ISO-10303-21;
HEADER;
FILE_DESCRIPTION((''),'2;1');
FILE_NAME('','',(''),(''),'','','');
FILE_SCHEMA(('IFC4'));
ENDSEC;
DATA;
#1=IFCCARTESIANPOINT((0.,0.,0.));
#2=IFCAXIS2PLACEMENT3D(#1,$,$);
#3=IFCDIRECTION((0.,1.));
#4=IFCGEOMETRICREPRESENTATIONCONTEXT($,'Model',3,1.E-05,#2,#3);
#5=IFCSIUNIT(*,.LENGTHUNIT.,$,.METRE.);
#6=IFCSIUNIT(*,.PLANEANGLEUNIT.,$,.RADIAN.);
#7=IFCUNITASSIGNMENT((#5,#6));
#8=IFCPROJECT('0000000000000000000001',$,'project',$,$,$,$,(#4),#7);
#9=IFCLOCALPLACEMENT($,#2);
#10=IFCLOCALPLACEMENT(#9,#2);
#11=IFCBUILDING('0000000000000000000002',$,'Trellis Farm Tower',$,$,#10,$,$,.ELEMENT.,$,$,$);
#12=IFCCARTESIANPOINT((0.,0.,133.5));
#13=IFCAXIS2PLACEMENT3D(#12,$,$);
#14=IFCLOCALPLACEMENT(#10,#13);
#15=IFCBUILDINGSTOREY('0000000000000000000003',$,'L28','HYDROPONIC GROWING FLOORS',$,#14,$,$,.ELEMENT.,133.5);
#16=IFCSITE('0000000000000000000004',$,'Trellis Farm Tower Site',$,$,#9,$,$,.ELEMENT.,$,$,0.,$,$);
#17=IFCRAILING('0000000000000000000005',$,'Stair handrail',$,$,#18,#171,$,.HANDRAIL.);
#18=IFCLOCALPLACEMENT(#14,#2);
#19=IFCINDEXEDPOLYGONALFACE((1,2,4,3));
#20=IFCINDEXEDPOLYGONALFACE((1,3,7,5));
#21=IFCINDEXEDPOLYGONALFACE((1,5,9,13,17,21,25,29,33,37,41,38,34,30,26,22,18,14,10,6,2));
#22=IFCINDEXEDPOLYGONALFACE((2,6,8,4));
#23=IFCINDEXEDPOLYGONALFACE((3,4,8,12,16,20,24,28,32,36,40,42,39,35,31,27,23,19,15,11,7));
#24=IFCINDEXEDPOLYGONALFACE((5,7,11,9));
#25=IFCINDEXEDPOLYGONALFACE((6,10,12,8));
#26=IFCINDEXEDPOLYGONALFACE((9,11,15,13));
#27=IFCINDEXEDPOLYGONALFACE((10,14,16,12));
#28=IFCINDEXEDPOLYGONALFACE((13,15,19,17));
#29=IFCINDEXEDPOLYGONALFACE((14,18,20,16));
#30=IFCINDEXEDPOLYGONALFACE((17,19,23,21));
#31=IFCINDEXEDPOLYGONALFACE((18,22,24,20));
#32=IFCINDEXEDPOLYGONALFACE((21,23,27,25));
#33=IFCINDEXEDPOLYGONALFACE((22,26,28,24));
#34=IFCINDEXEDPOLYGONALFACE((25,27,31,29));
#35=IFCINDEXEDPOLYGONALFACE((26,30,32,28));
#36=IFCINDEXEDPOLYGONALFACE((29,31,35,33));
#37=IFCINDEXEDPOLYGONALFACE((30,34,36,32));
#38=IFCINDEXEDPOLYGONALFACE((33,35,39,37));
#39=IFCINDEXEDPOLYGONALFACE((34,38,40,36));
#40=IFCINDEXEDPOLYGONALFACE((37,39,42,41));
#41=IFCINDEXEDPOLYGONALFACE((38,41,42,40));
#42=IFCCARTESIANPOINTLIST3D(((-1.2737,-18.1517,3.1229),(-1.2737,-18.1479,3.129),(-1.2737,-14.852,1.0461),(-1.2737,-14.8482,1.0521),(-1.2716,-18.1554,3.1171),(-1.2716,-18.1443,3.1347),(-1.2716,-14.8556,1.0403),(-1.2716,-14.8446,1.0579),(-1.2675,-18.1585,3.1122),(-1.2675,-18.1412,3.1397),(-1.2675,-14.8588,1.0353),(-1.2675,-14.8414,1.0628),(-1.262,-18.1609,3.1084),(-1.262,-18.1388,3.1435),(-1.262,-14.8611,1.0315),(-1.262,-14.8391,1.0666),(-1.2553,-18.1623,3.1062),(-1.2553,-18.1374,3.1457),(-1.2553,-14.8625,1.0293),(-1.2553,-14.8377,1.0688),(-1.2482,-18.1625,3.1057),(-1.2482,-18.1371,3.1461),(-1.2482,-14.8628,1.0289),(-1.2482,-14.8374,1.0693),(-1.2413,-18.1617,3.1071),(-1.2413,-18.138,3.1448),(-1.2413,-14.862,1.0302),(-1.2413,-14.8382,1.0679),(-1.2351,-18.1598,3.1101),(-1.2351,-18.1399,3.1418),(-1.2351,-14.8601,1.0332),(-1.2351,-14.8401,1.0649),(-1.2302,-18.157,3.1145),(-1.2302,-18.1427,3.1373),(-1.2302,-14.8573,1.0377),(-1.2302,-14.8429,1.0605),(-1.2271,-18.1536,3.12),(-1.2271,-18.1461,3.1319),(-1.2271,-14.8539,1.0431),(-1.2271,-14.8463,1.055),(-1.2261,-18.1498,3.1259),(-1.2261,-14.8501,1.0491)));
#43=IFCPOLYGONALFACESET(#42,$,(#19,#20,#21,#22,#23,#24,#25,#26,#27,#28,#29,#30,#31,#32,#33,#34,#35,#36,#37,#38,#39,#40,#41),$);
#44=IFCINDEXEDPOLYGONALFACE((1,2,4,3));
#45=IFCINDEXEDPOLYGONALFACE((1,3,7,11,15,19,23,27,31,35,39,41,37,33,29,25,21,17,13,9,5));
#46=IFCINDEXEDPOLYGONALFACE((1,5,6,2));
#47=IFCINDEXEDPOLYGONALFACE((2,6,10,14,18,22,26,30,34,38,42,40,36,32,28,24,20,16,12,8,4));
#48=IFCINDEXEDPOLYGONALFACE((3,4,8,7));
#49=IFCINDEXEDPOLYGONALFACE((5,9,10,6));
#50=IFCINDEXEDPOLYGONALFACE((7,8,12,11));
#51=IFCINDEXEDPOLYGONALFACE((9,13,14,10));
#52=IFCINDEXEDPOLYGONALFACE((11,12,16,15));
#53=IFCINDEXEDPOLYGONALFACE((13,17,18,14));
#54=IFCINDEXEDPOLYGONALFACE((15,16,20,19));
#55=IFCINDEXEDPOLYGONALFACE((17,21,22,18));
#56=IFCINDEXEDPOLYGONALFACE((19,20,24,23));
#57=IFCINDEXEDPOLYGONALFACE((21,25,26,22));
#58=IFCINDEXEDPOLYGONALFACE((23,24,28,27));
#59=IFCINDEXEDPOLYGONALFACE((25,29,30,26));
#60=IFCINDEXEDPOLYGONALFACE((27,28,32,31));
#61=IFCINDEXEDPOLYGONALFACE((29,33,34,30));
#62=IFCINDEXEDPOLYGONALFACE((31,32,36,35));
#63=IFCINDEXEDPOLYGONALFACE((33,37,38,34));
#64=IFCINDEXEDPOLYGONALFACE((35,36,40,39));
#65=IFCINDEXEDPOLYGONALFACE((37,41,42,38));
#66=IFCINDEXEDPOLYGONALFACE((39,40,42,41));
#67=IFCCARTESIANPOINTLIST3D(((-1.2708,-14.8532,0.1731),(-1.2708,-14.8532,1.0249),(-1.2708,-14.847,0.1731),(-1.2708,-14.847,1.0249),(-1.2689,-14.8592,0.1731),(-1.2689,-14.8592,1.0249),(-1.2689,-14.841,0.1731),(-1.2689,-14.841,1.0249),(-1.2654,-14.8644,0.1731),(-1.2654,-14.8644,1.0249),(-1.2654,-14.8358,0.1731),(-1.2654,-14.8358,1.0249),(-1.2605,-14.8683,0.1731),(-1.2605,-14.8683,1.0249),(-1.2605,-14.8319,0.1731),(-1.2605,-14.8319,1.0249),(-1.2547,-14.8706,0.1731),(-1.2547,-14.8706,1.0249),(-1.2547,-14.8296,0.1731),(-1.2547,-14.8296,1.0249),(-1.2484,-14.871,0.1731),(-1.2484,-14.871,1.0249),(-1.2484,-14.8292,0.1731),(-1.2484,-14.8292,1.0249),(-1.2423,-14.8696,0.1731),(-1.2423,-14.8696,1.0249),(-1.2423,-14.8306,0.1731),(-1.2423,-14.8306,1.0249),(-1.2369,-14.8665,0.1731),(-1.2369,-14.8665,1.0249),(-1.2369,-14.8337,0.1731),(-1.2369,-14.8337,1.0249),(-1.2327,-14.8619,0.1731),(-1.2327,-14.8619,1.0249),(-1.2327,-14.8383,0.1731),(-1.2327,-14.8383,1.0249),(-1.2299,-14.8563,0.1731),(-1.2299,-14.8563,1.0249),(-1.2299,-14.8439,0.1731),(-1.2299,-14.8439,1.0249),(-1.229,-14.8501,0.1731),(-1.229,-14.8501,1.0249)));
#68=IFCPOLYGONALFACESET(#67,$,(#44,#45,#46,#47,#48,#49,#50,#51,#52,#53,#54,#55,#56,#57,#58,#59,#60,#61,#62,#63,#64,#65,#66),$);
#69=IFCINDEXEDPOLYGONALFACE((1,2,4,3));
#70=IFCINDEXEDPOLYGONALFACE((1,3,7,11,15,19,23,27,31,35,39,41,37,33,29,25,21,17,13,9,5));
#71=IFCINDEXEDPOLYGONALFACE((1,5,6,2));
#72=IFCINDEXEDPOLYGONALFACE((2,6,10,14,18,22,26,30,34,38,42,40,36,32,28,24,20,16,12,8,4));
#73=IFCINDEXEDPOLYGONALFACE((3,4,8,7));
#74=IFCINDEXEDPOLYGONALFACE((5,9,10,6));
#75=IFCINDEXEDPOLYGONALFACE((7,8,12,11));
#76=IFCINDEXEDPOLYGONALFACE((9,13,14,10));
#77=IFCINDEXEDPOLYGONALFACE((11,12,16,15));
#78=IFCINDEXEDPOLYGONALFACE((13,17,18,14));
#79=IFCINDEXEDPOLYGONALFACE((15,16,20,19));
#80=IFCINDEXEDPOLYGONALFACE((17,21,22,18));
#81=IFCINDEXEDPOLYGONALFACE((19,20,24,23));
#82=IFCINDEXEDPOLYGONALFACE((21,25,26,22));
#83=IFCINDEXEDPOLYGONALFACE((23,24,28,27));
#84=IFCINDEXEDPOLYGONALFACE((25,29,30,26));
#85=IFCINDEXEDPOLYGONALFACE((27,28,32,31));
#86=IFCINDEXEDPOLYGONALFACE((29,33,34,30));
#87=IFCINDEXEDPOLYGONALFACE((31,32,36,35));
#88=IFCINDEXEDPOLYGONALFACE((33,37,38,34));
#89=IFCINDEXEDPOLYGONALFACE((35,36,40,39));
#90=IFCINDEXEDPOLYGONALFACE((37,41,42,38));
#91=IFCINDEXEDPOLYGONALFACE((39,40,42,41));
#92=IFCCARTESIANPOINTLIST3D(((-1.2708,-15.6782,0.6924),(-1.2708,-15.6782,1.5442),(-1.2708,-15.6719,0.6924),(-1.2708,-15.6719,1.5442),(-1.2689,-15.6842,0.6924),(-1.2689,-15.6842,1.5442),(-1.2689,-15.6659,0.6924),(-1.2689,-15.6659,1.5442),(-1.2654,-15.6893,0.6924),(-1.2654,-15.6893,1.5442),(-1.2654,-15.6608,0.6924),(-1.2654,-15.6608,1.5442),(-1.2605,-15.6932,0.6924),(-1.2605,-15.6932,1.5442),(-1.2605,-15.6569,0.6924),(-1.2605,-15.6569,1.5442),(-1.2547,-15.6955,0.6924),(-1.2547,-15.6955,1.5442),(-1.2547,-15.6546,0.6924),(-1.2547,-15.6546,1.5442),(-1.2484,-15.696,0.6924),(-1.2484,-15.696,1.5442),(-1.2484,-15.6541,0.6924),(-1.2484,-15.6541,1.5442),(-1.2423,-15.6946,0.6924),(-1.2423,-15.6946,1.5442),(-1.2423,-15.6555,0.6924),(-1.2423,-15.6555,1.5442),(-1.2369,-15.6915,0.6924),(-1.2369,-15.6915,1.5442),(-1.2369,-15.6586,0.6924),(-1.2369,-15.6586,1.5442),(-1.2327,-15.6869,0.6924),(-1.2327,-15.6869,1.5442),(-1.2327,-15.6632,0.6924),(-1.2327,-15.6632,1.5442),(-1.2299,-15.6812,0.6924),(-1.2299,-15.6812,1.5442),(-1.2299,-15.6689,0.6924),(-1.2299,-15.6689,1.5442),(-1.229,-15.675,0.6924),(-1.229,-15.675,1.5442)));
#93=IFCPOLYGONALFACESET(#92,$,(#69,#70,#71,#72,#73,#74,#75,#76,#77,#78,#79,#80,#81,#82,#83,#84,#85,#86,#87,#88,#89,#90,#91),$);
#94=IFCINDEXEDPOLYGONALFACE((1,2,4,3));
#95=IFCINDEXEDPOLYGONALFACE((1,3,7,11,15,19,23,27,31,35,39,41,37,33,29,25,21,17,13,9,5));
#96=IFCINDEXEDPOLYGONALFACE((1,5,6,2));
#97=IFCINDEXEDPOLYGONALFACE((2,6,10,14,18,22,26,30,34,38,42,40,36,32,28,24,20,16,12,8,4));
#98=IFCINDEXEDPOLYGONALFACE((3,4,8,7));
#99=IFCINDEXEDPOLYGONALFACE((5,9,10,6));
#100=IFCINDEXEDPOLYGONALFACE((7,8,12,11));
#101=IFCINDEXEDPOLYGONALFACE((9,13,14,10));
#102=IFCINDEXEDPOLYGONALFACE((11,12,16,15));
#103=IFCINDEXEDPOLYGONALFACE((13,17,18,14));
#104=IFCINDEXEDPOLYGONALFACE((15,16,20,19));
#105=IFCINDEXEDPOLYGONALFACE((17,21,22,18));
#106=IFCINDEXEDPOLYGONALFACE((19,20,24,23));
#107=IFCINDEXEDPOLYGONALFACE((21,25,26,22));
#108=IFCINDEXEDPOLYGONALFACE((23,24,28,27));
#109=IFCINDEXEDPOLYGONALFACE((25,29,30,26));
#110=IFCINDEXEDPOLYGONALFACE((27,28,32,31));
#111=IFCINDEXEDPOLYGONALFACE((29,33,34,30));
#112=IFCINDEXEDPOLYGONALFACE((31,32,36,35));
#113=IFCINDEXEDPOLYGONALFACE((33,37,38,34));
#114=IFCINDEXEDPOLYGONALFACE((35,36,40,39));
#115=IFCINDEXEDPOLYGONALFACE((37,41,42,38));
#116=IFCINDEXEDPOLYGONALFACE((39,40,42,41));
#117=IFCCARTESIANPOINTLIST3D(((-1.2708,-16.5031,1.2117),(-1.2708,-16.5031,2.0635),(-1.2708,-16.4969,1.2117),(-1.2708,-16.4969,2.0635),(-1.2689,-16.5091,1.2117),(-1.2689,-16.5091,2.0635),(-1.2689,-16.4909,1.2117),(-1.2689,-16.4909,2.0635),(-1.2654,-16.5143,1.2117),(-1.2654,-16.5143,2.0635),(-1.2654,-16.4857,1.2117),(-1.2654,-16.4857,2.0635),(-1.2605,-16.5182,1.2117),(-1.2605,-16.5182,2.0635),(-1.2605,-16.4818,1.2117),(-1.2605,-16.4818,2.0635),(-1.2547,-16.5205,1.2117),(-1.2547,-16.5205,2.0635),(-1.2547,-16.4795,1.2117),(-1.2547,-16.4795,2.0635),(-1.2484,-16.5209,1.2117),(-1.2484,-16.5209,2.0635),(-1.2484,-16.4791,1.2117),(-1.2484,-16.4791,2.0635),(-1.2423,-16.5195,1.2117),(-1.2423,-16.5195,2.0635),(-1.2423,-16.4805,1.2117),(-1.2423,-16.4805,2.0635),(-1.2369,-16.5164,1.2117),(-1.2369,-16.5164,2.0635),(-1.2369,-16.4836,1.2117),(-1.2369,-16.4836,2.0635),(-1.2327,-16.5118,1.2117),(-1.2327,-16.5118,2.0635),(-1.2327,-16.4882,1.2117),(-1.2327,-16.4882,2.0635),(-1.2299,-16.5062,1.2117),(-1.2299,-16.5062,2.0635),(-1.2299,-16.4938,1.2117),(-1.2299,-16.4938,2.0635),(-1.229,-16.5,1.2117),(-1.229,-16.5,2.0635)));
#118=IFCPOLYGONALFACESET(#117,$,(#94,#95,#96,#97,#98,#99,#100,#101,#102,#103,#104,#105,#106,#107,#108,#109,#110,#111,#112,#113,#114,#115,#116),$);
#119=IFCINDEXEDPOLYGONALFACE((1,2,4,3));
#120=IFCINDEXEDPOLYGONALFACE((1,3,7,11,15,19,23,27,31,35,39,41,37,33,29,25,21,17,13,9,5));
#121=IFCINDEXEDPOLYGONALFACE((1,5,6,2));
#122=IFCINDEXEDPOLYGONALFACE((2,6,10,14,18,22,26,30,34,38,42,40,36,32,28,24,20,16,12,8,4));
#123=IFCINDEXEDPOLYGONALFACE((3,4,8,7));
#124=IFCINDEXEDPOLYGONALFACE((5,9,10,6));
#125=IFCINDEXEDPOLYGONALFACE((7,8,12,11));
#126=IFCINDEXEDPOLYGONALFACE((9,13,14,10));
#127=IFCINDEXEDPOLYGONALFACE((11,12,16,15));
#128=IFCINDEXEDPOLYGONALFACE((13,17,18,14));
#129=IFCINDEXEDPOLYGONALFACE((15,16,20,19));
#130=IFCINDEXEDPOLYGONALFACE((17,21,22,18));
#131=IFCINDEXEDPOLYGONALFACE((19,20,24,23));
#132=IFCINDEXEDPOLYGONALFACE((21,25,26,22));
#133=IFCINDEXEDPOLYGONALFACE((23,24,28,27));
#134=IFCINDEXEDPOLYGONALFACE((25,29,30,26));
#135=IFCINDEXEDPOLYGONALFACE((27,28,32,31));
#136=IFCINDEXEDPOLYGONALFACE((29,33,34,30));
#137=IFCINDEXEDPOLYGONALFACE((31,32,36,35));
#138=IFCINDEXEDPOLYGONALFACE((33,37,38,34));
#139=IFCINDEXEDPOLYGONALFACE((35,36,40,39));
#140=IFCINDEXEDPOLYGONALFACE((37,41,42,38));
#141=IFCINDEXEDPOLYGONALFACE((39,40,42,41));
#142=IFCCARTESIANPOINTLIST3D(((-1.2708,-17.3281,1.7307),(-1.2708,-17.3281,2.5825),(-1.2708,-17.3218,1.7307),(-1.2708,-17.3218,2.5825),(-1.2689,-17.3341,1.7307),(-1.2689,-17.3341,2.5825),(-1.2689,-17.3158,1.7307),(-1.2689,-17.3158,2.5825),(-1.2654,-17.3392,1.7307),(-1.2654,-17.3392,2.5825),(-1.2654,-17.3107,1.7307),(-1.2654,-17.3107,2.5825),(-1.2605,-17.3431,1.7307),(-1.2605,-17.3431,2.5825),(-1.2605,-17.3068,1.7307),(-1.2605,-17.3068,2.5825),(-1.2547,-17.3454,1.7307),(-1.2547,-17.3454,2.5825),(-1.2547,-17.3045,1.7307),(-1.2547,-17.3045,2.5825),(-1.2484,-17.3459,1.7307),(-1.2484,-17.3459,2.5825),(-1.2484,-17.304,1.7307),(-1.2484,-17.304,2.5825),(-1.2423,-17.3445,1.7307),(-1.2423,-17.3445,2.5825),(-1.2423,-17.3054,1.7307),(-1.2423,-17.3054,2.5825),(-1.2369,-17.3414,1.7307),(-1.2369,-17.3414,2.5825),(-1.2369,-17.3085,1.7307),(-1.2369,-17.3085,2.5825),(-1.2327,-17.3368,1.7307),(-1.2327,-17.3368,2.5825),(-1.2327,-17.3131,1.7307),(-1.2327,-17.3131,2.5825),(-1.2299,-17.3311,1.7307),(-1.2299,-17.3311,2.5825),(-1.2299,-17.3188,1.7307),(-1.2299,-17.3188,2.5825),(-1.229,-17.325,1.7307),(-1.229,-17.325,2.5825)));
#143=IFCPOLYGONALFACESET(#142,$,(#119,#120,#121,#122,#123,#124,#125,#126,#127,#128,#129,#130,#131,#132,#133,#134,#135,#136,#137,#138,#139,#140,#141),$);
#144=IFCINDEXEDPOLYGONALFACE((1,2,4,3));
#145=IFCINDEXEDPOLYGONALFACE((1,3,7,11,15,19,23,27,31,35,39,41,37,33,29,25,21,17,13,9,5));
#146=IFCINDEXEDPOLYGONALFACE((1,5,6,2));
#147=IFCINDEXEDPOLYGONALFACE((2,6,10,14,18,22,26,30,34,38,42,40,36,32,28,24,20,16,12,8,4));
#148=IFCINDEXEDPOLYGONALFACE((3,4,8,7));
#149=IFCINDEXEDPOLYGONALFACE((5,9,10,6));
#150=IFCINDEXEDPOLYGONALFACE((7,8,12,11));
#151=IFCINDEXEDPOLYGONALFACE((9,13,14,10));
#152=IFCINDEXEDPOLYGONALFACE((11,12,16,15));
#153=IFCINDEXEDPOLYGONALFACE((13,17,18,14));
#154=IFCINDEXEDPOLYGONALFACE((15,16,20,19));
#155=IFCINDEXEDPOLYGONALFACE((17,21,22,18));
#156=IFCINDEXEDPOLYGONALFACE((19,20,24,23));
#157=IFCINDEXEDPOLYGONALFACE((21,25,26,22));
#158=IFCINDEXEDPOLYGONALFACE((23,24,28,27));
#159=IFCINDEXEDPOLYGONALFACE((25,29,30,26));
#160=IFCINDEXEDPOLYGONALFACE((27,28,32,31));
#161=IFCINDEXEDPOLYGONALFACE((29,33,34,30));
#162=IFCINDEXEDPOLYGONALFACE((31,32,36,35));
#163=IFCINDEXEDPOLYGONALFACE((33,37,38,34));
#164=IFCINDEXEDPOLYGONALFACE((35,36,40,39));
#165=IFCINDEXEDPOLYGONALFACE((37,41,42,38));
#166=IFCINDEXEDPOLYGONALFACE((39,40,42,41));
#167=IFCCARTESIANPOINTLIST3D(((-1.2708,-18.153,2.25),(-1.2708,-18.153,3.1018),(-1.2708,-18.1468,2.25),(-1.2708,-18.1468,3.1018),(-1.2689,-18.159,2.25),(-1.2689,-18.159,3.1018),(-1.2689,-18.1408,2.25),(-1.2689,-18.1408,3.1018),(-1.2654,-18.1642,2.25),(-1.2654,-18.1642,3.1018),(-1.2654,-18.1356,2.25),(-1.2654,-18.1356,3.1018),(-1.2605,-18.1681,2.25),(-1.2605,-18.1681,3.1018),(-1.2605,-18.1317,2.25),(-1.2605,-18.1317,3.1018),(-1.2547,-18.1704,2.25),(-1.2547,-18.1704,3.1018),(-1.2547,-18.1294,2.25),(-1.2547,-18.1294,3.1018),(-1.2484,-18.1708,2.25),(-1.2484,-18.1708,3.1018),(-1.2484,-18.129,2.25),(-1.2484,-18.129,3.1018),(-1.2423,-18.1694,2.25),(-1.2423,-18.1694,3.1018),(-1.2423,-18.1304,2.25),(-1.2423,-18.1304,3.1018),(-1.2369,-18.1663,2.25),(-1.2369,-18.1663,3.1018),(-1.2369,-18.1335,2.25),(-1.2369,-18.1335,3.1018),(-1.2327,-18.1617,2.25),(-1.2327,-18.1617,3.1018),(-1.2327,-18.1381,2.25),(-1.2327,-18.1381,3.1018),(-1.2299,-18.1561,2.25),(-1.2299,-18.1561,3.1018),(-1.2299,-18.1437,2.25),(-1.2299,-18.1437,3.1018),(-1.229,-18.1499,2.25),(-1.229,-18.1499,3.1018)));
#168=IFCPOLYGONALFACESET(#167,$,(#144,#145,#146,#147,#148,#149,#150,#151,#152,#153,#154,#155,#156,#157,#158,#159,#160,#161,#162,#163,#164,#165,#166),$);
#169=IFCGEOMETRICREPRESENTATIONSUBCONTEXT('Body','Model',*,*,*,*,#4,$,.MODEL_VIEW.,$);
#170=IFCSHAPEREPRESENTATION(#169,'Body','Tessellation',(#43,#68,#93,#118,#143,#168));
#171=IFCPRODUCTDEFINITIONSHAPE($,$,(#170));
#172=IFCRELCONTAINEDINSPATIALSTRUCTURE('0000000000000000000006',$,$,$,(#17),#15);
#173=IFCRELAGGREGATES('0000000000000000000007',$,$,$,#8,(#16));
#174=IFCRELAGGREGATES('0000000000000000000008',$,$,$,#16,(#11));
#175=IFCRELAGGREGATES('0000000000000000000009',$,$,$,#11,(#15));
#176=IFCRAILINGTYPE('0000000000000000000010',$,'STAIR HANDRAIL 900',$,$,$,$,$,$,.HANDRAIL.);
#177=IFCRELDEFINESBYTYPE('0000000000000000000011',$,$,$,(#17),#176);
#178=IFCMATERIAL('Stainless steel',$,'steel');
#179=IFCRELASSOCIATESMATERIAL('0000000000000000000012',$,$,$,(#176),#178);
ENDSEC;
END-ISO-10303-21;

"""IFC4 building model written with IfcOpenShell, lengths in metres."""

from ifc_helpers import new_model, si_unit, direction, frame, origin, origin_2d, place, context, subcontext, project, spatial, circle, extrude, source, transform, mapped, material, type_object, element, save


model = new_model("IFC4")

# Units and contexts
model_context = context("Model", 3, precision=1e-05, world=origin(), true_north=direction((0.0, 1.0)))
body_context = subcontext(model_context, "Body", "Model", "MODEL_VIEW")
ifc_project = project(units=[si_unit("LENGTHUNIT", "METRE"), si_unit("PLANEANGLEUNIT", "RADIAN")], contexts=[model_context])

# Site, building, storey
site_placement = place(None, origin())
site = spatial("IfcSite", under=ifc_project, at=site_placement, Name="Trellis Farm Tower Site", CompositionType="ELEMENT", RefElevation=0.0)
building_placement = place(site_placement, origin())
building = spatial("IfcBuilding", under=site, at=building_placement, Name="Trellis Farm Tower", CompositionType="ELEMENT")
storey_placement = place(building_placement, frame((0.0, 0.0, 133.5)))
storey = spatial("IfcBuildingStorey", under=building, at=storey_placement, Name="L28", Description="HYDROPONIC GROWING FLOORS", CompositionType="ELEMENT", Elevation=133.5)

# Railing
ifc_material_1 = material(Name="Stainless steel", Category="steel")
railing_type = type_object("IfcRailingType", Name="STAIR HANDRAIL 900", PredefinedType="HANDRAIL", material=ifc_material_1)
shared_shape_1 = source(origin(), body_context, "Body", "SweptSolid", [
    extrude(circle(Radius=0.0239, at=origin_2d()), frame((0.0, 0.0, 0.876), z_axis=(0.0, -0.84632, 0.532675), x_axis=(1.0, 0.0, 0.0)), (0.0, 0.0, 1.0), 3.8989),
    extrude(circle(Radius=0.021, at=origin_2d()), origin(), (0.0, 0.0, 1.0), 0.8518),
    extrude(circle(Radius=0.021, at=origin_2d()), frame((0.0, -0.825, 0.5193)), (0.0, 0.0, 1.0), 0.8518),
    extrude(circle(Radius=0.021, at=origin_2d()), frame((0.0, -1.6499, 1.0386)), (0.0, 0.0, 1.0), 0.8518),
    extrude(circle(Radius=0.021, at=origin_2d()), frame((0.0, -2.4749, 1.5576)), (0.0, 0.0, 1.0), 0.8518),
    extrude(circle(Radius=0.021, at=origin_2d()), frame((0.0, -3.2998, 2.0769)), (0.0, 0.0, 1.0), 0.8518),
])
railing_placement = place(storey_placement, frame((-1.25, -14.8501, 0.1731)))
element("IfcRailing", 1, at=railing_placement, inside=storey, type_object=railing_type, Name="Stair handrail", PredefinedType="HANDRAIL", context=body_context, shape_type="MappedRepresentation", body=[
    mapped(shared_shape_1, transform((0.0, 0.0, 0.0))),
])

save(model, "model.ifc")
